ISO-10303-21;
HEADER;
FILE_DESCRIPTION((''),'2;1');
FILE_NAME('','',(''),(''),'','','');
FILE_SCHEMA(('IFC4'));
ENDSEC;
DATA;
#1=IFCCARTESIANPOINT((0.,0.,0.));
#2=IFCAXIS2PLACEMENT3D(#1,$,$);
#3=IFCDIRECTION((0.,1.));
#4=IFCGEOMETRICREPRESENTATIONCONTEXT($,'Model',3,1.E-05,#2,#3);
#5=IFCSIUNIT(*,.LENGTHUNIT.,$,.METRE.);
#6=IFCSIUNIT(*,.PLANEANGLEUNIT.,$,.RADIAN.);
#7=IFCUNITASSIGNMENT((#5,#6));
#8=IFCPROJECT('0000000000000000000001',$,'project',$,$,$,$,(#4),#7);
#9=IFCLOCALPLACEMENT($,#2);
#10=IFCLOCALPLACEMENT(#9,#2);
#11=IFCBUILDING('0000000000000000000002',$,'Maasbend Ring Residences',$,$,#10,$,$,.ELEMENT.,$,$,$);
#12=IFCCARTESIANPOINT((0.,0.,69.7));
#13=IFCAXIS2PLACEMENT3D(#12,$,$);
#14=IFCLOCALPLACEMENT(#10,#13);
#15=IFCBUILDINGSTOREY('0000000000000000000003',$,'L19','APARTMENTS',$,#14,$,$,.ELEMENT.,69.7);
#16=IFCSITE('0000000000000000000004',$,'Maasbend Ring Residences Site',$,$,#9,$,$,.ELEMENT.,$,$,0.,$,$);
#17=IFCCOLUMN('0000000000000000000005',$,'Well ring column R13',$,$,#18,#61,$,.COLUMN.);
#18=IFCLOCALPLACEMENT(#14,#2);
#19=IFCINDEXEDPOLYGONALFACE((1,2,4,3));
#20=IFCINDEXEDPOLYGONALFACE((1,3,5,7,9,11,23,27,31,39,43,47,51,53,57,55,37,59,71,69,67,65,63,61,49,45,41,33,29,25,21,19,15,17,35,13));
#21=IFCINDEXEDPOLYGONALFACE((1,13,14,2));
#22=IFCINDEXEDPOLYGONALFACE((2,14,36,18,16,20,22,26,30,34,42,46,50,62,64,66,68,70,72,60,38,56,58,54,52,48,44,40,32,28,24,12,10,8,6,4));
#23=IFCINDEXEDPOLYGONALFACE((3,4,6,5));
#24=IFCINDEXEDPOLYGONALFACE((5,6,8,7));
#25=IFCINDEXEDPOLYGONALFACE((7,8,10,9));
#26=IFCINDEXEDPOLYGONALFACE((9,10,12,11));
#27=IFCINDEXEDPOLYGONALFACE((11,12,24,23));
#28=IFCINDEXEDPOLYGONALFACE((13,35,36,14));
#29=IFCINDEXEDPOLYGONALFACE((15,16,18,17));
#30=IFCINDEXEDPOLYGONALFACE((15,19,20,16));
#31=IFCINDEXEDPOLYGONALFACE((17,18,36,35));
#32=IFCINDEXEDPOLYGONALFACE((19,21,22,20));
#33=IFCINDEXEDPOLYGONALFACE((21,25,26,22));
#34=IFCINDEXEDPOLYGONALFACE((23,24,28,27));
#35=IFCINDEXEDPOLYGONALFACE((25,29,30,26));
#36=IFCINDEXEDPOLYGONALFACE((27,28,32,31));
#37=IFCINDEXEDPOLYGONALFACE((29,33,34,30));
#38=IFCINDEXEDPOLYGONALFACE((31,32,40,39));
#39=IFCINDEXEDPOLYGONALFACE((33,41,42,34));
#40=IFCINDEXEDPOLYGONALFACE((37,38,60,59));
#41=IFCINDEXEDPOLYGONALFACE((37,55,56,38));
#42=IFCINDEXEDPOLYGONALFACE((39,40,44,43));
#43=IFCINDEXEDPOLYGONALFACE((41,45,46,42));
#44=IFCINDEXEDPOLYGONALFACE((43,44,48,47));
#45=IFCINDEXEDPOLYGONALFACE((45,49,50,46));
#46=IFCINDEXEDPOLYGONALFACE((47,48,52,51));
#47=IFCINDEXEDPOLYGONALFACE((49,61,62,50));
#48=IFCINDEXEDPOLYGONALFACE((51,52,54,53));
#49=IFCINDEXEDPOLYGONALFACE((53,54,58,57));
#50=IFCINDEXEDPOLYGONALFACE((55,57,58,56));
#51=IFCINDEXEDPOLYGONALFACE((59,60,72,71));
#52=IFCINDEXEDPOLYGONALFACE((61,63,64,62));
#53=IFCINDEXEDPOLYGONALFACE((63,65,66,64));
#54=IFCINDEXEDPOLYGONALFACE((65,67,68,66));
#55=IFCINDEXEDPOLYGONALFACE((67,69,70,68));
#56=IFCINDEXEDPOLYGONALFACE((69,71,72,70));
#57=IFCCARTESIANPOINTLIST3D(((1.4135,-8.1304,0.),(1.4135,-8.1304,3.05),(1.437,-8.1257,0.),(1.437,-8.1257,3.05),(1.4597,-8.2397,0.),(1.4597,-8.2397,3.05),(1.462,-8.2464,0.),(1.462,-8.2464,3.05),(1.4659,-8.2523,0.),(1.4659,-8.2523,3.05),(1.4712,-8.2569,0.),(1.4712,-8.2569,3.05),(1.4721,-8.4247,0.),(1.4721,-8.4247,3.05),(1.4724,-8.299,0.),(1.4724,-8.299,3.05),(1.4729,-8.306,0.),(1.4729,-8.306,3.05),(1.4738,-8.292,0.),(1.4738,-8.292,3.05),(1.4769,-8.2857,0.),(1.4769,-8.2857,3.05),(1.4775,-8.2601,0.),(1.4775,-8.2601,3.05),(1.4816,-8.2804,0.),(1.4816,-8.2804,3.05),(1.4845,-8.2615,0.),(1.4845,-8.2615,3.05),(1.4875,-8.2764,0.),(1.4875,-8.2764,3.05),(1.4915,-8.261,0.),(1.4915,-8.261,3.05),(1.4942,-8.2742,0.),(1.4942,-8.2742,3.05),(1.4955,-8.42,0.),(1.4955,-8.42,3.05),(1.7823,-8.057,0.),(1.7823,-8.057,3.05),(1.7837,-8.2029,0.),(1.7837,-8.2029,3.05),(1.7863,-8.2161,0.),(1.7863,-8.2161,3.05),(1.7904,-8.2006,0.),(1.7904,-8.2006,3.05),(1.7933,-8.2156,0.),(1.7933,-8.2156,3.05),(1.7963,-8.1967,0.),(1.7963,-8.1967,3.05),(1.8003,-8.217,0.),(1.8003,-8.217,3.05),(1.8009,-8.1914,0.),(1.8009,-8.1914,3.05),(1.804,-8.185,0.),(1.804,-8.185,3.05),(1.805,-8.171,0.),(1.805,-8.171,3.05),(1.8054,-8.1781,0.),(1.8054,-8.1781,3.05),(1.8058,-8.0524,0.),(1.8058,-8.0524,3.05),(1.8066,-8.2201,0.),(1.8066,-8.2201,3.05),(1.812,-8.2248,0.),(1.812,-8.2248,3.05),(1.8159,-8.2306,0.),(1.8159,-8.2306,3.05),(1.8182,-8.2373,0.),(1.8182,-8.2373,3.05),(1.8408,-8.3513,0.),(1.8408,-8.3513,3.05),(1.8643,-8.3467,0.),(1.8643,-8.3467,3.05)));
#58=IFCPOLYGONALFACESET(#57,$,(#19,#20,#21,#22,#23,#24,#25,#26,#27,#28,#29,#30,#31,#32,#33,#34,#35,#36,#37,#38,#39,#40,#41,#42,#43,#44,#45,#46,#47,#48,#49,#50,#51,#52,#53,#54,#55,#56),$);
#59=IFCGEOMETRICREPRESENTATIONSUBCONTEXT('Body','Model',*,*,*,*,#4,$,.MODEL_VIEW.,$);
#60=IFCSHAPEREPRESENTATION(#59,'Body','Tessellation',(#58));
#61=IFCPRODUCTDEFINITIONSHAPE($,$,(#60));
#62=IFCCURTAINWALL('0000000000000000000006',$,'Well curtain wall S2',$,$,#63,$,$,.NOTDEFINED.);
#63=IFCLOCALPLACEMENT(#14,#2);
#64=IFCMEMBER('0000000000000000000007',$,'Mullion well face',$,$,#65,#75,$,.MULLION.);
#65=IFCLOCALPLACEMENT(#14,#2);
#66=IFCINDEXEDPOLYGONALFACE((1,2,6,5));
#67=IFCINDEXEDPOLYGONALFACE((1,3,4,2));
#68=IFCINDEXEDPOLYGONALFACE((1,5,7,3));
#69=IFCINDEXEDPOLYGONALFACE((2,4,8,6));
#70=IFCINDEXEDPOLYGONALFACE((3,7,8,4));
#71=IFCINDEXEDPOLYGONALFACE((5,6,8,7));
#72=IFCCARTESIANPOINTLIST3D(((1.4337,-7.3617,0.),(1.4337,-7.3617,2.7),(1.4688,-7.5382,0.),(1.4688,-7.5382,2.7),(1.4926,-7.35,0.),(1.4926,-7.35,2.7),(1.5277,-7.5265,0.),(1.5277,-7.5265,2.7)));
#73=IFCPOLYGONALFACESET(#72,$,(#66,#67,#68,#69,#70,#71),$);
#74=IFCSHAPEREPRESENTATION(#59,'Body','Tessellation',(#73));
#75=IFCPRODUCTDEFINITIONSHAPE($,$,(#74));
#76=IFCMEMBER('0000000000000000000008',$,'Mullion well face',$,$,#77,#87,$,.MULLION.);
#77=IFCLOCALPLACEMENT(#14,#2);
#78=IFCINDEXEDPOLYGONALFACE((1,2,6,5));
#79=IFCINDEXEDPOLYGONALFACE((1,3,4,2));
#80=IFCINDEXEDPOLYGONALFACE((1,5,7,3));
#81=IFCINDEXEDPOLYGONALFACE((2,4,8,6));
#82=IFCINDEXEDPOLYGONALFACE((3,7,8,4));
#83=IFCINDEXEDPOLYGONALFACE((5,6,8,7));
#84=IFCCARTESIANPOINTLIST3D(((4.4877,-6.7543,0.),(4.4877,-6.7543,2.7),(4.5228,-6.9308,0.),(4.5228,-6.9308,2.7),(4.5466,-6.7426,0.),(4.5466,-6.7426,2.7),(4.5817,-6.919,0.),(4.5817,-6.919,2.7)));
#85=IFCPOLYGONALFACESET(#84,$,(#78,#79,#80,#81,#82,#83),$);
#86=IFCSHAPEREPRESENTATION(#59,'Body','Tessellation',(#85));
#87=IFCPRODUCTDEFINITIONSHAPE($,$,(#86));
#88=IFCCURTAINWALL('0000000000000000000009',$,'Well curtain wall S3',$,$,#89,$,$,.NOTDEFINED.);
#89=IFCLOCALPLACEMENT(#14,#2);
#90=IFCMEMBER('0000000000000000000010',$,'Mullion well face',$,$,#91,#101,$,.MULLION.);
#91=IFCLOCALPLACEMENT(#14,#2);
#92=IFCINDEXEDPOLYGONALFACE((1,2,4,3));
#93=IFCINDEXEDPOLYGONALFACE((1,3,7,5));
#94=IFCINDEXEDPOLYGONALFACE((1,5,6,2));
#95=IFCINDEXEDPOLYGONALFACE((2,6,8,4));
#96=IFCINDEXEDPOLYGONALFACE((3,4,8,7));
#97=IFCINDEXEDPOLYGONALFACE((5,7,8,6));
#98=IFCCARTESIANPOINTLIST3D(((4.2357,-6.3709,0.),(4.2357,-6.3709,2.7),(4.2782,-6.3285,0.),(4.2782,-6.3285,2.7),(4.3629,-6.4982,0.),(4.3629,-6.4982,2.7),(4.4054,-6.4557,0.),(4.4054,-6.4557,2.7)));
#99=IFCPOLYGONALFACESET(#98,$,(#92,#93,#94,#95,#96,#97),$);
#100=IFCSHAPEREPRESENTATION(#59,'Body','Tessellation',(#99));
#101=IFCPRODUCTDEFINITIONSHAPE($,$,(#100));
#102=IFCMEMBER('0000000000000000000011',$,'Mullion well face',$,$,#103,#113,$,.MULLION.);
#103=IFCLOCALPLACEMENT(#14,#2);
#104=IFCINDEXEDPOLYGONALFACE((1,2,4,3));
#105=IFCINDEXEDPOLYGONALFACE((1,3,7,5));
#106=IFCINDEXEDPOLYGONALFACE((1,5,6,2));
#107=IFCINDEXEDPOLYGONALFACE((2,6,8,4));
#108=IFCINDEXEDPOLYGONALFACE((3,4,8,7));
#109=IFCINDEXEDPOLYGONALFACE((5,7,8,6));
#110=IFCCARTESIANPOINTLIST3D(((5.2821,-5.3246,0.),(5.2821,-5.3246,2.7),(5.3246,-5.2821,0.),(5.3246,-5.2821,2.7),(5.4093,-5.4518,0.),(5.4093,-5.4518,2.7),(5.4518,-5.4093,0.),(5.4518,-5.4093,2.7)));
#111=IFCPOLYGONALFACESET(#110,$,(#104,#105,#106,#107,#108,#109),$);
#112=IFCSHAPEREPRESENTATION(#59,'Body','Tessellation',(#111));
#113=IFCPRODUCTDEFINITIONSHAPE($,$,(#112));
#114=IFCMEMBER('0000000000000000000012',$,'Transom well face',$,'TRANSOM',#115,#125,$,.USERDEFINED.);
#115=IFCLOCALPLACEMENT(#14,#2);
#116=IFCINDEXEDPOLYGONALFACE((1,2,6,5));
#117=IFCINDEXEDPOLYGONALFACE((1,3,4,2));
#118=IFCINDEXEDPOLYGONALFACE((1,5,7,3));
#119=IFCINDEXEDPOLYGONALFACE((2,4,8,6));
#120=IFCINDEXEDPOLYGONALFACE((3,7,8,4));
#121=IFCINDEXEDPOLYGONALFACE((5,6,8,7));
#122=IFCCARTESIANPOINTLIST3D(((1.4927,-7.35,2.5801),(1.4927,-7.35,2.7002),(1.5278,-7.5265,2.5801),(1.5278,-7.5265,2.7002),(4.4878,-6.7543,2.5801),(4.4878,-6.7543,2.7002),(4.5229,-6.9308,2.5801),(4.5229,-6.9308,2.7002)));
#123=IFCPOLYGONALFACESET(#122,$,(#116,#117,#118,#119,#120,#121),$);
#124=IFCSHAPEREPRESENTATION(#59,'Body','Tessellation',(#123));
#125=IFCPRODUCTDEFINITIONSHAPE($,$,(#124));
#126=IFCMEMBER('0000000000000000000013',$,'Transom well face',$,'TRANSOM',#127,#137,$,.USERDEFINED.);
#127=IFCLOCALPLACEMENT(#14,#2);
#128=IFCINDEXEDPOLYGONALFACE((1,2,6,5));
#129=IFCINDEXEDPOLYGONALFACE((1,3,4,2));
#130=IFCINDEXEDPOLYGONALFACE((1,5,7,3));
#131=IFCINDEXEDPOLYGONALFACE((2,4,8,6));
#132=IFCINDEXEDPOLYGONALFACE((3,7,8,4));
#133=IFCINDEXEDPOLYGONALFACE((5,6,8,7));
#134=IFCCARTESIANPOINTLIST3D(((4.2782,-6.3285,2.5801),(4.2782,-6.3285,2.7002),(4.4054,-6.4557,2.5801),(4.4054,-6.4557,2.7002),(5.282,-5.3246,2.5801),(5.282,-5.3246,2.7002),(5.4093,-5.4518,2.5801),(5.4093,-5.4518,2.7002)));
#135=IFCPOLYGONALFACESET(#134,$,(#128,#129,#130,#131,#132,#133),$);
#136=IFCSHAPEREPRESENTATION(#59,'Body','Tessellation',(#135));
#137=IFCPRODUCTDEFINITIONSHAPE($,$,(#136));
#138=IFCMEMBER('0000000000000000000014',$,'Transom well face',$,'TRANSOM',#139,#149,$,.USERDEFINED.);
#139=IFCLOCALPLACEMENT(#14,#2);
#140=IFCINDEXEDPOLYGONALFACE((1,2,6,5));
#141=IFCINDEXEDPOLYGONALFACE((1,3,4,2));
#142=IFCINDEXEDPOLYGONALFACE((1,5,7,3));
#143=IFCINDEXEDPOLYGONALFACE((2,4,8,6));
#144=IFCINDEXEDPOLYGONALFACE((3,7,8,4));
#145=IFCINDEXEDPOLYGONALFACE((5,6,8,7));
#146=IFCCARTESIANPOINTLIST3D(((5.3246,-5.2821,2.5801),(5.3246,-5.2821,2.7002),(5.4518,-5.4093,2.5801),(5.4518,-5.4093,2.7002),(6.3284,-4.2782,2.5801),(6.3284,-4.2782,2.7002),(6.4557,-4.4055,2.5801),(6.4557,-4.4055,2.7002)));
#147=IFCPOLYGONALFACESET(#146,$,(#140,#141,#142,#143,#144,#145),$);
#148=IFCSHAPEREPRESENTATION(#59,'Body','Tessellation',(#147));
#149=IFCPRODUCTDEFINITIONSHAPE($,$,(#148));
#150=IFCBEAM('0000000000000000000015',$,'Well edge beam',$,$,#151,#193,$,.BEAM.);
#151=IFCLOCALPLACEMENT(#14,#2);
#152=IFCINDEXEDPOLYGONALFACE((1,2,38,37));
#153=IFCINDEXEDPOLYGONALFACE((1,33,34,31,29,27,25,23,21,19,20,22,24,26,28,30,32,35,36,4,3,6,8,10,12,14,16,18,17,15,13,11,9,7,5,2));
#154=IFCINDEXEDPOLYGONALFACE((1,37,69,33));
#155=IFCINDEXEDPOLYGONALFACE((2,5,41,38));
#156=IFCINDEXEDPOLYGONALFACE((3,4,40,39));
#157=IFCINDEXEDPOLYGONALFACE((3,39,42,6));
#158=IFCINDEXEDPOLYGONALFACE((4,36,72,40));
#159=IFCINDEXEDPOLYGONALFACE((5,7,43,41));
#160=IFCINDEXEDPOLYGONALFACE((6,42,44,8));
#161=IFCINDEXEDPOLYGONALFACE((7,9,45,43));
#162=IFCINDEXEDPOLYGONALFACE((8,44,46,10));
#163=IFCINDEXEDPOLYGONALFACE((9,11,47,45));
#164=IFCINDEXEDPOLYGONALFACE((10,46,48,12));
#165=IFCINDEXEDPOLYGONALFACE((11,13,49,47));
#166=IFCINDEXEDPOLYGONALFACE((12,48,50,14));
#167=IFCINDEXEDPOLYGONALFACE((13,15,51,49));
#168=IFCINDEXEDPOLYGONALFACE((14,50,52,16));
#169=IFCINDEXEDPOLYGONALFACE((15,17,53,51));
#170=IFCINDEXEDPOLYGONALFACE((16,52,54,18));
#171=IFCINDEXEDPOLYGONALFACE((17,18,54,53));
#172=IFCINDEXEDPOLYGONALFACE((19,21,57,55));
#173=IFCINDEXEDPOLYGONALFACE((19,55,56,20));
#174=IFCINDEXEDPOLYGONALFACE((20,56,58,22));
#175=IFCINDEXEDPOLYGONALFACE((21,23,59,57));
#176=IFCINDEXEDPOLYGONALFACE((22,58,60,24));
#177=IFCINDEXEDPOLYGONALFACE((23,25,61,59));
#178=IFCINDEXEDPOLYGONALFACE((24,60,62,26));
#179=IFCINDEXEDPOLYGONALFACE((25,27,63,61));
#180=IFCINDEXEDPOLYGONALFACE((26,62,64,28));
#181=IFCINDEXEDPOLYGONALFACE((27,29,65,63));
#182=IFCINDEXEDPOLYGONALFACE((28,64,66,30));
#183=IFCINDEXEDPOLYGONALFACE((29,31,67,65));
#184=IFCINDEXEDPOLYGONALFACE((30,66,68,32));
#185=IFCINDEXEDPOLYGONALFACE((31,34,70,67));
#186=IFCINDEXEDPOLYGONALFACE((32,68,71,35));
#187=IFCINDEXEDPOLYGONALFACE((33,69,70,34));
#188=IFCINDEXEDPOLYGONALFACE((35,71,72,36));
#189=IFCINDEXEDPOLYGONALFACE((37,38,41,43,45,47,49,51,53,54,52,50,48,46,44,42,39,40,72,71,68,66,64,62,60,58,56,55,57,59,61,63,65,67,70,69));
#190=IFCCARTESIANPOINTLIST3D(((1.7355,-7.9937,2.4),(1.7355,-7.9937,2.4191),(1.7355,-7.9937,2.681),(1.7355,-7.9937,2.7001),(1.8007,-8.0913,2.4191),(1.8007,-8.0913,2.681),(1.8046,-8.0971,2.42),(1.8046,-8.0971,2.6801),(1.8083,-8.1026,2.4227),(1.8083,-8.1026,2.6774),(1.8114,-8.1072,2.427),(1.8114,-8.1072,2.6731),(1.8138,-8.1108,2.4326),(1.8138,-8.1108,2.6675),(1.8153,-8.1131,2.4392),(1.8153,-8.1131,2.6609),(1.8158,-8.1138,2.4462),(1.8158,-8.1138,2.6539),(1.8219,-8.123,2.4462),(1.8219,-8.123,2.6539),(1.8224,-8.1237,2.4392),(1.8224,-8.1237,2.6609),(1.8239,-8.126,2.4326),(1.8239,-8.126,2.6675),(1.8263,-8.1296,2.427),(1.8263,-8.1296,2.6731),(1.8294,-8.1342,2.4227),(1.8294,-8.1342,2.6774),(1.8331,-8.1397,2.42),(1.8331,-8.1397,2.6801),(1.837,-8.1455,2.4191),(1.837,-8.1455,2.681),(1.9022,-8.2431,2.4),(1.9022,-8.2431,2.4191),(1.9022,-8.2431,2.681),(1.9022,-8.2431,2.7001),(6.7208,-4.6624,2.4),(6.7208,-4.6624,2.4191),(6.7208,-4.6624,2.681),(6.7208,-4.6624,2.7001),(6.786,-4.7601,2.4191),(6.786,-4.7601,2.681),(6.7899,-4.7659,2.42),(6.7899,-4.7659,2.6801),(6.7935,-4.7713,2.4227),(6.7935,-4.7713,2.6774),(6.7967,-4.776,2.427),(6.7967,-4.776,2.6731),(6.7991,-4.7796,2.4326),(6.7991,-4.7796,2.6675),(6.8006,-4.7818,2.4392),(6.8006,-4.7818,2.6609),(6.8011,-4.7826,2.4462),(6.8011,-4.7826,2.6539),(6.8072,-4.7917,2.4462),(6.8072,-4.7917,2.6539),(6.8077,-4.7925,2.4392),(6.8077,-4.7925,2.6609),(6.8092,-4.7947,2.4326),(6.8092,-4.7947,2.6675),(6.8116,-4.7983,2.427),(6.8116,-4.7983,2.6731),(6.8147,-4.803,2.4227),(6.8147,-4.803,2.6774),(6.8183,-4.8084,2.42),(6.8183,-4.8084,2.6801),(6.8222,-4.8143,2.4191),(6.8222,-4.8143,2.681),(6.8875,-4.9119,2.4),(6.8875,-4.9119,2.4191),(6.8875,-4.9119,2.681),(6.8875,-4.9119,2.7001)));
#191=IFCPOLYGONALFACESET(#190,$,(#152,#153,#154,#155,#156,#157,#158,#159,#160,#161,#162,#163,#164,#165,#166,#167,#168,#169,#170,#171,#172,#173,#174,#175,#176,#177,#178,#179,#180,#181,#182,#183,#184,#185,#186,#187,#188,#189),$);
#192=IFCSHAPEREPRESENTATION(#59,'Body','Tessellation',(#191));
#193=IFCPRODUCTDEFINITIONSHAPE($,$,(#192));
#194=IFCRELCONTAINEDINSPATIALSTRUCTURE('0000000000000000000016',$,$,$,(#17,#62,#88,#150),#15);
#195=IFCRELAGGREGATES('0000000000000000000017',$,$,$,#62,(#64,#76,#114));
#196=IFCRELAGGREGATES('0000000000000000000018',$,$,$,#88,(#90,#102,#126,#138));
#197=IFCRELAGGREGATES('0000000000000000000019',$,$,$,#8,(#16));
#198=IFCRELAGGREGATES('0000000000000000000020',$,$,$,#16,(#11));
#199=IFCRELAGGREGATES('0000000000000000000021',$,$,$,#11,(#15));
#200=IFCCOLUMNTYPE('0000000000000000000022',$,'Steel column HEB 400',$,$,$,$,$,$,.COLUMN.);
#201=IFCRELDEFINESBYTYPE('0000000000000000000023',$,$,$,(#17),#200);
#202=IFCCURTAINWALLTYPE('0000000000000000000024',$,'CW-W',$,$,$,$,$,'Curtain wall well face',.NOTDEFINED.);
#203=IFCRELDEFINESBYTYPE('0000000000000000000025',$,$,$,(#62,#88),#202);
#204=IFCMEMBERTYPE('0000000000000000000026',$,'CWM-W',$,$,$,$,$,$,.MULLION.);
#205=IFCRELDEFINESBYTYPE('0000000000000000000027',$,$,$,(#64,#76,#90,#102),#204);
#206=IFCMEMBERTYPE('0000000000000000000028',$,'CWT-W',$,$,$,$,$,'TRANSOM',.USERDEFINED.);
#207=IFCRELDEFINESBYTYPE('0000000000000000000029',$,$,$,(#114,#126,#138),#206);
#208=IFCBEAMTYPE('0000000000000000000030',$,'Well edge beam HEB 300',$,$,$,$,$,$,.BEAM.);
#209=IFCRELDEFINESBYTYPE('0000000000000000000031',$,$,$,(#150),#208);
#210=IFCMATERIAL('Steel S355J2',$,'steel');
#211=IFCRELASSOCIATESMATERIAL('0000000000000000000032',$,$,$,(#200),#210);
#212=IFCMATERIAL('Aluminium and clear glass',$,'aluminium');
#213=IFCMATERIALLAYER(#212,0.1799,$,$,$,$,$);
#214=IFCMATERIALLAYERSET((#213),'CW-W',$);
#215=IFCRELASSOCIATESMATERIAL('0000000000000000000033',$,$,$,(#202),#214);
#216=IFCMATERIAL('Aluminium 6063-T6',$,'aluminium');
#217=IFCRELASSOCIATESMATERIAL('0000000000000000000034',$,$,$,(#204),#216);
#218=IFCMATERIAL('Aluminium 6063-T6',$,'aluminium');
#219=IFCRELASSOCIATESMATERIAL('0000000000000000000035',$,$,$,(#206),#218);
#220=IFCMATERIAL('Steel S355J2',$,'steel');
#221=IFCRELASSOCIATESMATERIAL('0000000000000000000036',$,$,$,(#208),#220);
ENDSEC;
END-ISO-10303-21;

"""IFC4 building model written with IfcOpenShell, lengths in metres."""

from ifc_helpers import new_model, si_unit, direction, frame, origin, origin_2d, place, context, subcontext, project, spatial, rectangle, i_section, extrude, material, layer, layer_set, material_profile, profile_set, type_object, element, aggregate, save


model = new_model("IFC4")

# Units and contexts
model_context = context("Model", 3, precision=1e-05, world=origin(), true_north=direction((0.0, 1.0)))
body_context = subcontext(model_context, "Body", "Model", "MODEL_VIEW")
ifc_project = project(units=[si_unit("LENGTHUNIT", "METRE"), si_unit("PLANEANGLEUNIT", "RADIAN")], contexts=[model_context])

# Site, building, storey
site_placement = place(None, origin())
site = spatial("IfcSite", under=ifc_project, at=site_placement, Name="Maasbend Ring Residences Site", CompositionType="ELEMENT", RefElevation=0.0)
building_placement = place(site_placement, origin())
building = spatial("IfcBuilding", under=site, at=building_placement, Name="Maasbend Ring Residences", CompositionType="ELEMENT")
storey_placement = place(building_placement, frame((0.0, 0.0, 69.7)))
storey = spatial("IfcBuildingStorey", under=building, at=storey_placement, Name="L19", Description="APARTMENTS", CompositionType="ELEMENT", Elevation=69.7)

# Column
ifc_material_1 = material(Name="Steel S355J2", Category="steel")
ifc_material_profile_1 = material_profile(ifc_material_1, i_section(OverallWidth=0.3, OverallDepth=0.3999, WebThickness=0.0134, FlangeThickness=0.0239, FilletRadius=0.0271, at=origin_2d()), Name="HEB 400")
ifc_profile_set_1 = profile_set([ifc_material_profile_1], Name="Steel S355J2")
column_type = type_object("IfcColumnType", Name="Steel column HEB 400", PredefinedType="COLUMN", material=ifc_profile_set_1)
column_placement = place(storey_placement, frame((1.6389, -8.2385, 0.0), z_axis=(0.0, 0.0, 1.0), x_axis=(0.19509, -0.980785, 0.0)))
element("IfcColumn", 1, at=column_placement, inside=storey, type_object=column_type, Name="Well ring column R13", PredefinedType="COLUMN", context=body_context, shape_type="SweptSolid", body=[
    extrude(i_section(OverallWidth=0.3, OverallDepth=0.3999, WebThickness=0.0134, FlangeThickness=0.0239, FilletRadius=0.0271, at=origin_2d()), origin(), (0.0, 0.0, 1.0), 3.05),
])

# Curtain walls, members
ifc_material_2 = material(Name="Aluminium and clear glass", Category="aluminium")
ifc_layer_1 = layer(ifc_material_2, 0.1799)
ifc_layer_set_1 = layer_set([ifc_layer_1], Name="CW-W")
curtain_wall_type = type_object("IfcCurtainWallType", Name="CW-W", ElementType="Curtain wall well face", PredefinedType="NOTDEFINED", material=ifc_layer_set_1)
curtain_wall_1_placement = place(storey_placement, origin())
curtain_wall_1 = element("IfcCurtainWall", 2, at=curtain_wall_1_placement, inside=storey, type_object=curtain_wall_type, Name="Well curtain wall S2", PredefinedType="NOTDEFINED")
ifc_material_3 = material(Name="Aluminium 6063-T6", Category="aluminium")
ifc_material_profile_2 = material_profile(ifc_material_3, rectangle(XDim=0.1799, YDim=0.0601, at=origin_2d()), Name="AL 180x60")
ifc_profile_set_2 = profile_set([ifc_material_profile_2], Name="Aluminium 6063-T6")
member_type_1 = type_object("IfcMemberType", Name="CWM-W", PredefinedType="MULLION", material=ifc_profile_set_2)
member_1_placement = place(storey_placement, frame((1.4807, -7.4441, 0.0), z_axis=(0.0, 0.0, 1.0), x_axis=(-0.19509, 0.980785, 0.0)))
member_1 = element("IfcMember", 3, at=member_1_placement, type_object=member_type_1, Name="Mullion well face", PredefinedType="MULLION", context=body_context, shape_type="SweptSolid", body=[
    extrude(rectangle(XDim=0.1799, YDim=0.0601, at=origin_2d()), origin(), (0.0, 0.0, 1.0), 2.7),
])
member_2_placement = place(storey_placement, frame((4.5347, -6.8367, 0.0), z_axis=(0.0, 0.0, 1.0), x_axis=(-0.19509, 0.980785, 0.0)))
member_2 = element("IfcMember", 4, at=member_2_placement, type_object=member_type_1, Name="Mullion well face", PredefinedType="MULLION", context=body_context, shape_type="SweptSolid", body=[
    extrude(rectangle(XDim=0.1799, YDim=0.0601, at=origin_2d()), origin(), (0.0, 0.0, 1.0), 2.7),
])
curtain_wall_2_placement = place(storey_placement, origin())
curtain_wall_2 = element("IfcCurtainWall", 5, at=curtain_wall_2_placement, inside=storey, type_object=curtain_wall_type, Name="Well curtain wall S3", PredefinedType="NOTDEFINED")
member_3_placement = place(storey_placement, frame((4.3206, -6.4133, 0.0), z_axis=(0.0, 0.0, 1.0), x_axis=(-0.707107, 0.707107, 0.0)))
member_3 = element("IfcMember", 6, at=member_3_placement, type_object=member_type_1, Name="Mullion well face", PredefinedType="MULLION", context=body_context, shape_type="SweptSolid", body=[
    extrude(rectangle(XDim=0.1799, YDim=0.0601, at=origin_2d()), origin(), (0.0, 0.0, 1.0), 2.7),
])
member_4_placement = place(storey_placement, frame((5.3669, -5.3669, 0.0), z_axis=(0.0, 0.0, 1.0), x_axis=(-0.707107, 0.707107, 0.0)))
member_4 = element("IfcMember", 7, at=member_4_placement, type_object=member_type_1, Name="Mullion well face", PredefinedType="MULLION", context=body_context, shape_type="SweptSolid", body=[
    extrude(rectangle(XDim=0.1799, YDim=0.0601, at=origin_2d()), origin(), (0.0, 0.0, 1.0), 2.7),
])

# Members
ifc_material_4 = material(Name="Aluminium 6063-T6", Category="aluminium")
ifc_material_profile_3 = material_profile(ifc_material_4, rectangle(XDim=0.1799, YDim=0.1201, at=origin_2d()), Name="AL 180x120")
ifc_profile_set_3 = profile_set([ifc_material_profile_3], Name="Aluminium 6063-T6")
member_type_2 = type_object("IfcMemberType", Name="CWT-W", ElementType="TRANSOM", PredefinedType="USERDEFINED", material=ifc_profile_set_3)
member_5_placement = place(storey_placement, frame((1.5103, -7.4382, 2.6401), z_axis=(0.980789, 0.195071, 0.0), x_axis=(-0.195071, 0.980789, 0.0)))
member_5 = element("IfcMember", 8, at=member_5_placement, type_object=member_type_2, Name="Transom well face", ObjectType="TRANSOM", PredefinedType="USERDEFINED", context=body_context, shape_type="SweptSolid", body=[
    extrude(rectangle(XDim=0.1799, YDim=0.1201, at=origin_2d()), origin(), (0.0, 0.0, 1.0), 3.0537),
])
member_6_placement = place(storey_placement, frame((4.3418, -6.3921, 2.6401), z_axis=(0.707107, 0.707107, 0.0), x_axis=(-0.707107, 0.707107, 0.0)))
member_6 = element("IfcMember", 9, at=member_6_placement, type_object=member_type_2, Name="Transom well face", ObjectType="TRANSOM", PredefinedType="USERDEFINED", context=body_context, shape_type="SweptSolid", body=[
    extrude(rectangle(XDim=0.1799, YDim=0.1201, at=origin_2d()), origin(), (0.0, 0.0, 1.0), 1.4197),
])
member_7_placement = place(storey_placement, frame((5.3882, -5.3457, 2.6401), z_axis=(0.707107, 0.707107, 0.0), x_axis=(-0.707107, 0.707107, 0.0)))
member_7 = element("IfcMember", 10, at=member_7_placement, type_object=member_type_2, Name="Transom well face", ObjectType="TRANSOM", PredefinedType="USERDEFINED", context=body_context, shape_type="SweptSolid", body=[
    extrude(rectangle(XDim=0.1799, YDim=0.1201, at=origin_2d()), origin(), (0.0, 0.0, 1.0), 1.4197),
])

# Beam
ifc_material_5 = material(Name="Steel S355J2", Category="steel")
ifc_material_profile_4 = material_profile(ifc_material_5, i_section(OverallWidth=0.3, OverallDepth=0.3, WebThickness=0.011, FlangeThickness=0.019, FilletRadius=0.0271, at=origin_2d()), Name="HEB 300")
ifc_profile_set_4 = profile_set([ifc_material_profile_4], Name="Steel S355J2")
beam_type = type_object("IfcBeamType", Name="Well edge beam HEB 300", PredefinedType="BEAM", material=ifc_profile_set_4)
beam_placement = place(storey_placement, frame((1.8188, -8.1184, 2.55), z_axis=(0.831455, 0.555593, 0.0), x_axis=(-0.555593, 0.831455, 0.0)))
element("IfcBeam", 11, at=beam_placement, inside=storey, type_object=beam_type, Name="Well edge beam", PredefinedType="BEAM", context=body_context, shape_type="SweptSolid", body=[
    extrude(i_section(OverallWidth=0.3, OverallDepth=0.3, WebThickness=0.011, FlangeThickness=0.019, FilletRadius=0.0271, at=origin_2d()), origin(), (0.0, 0.0, 1.0), 5.9958),
])

aggregate(curtain_wall_1, [member_1, member_2, member_5])
aggregate(curtain_wall_2, [member_3, member_4, member_6, member_7])

save(model, "model.ifc")
